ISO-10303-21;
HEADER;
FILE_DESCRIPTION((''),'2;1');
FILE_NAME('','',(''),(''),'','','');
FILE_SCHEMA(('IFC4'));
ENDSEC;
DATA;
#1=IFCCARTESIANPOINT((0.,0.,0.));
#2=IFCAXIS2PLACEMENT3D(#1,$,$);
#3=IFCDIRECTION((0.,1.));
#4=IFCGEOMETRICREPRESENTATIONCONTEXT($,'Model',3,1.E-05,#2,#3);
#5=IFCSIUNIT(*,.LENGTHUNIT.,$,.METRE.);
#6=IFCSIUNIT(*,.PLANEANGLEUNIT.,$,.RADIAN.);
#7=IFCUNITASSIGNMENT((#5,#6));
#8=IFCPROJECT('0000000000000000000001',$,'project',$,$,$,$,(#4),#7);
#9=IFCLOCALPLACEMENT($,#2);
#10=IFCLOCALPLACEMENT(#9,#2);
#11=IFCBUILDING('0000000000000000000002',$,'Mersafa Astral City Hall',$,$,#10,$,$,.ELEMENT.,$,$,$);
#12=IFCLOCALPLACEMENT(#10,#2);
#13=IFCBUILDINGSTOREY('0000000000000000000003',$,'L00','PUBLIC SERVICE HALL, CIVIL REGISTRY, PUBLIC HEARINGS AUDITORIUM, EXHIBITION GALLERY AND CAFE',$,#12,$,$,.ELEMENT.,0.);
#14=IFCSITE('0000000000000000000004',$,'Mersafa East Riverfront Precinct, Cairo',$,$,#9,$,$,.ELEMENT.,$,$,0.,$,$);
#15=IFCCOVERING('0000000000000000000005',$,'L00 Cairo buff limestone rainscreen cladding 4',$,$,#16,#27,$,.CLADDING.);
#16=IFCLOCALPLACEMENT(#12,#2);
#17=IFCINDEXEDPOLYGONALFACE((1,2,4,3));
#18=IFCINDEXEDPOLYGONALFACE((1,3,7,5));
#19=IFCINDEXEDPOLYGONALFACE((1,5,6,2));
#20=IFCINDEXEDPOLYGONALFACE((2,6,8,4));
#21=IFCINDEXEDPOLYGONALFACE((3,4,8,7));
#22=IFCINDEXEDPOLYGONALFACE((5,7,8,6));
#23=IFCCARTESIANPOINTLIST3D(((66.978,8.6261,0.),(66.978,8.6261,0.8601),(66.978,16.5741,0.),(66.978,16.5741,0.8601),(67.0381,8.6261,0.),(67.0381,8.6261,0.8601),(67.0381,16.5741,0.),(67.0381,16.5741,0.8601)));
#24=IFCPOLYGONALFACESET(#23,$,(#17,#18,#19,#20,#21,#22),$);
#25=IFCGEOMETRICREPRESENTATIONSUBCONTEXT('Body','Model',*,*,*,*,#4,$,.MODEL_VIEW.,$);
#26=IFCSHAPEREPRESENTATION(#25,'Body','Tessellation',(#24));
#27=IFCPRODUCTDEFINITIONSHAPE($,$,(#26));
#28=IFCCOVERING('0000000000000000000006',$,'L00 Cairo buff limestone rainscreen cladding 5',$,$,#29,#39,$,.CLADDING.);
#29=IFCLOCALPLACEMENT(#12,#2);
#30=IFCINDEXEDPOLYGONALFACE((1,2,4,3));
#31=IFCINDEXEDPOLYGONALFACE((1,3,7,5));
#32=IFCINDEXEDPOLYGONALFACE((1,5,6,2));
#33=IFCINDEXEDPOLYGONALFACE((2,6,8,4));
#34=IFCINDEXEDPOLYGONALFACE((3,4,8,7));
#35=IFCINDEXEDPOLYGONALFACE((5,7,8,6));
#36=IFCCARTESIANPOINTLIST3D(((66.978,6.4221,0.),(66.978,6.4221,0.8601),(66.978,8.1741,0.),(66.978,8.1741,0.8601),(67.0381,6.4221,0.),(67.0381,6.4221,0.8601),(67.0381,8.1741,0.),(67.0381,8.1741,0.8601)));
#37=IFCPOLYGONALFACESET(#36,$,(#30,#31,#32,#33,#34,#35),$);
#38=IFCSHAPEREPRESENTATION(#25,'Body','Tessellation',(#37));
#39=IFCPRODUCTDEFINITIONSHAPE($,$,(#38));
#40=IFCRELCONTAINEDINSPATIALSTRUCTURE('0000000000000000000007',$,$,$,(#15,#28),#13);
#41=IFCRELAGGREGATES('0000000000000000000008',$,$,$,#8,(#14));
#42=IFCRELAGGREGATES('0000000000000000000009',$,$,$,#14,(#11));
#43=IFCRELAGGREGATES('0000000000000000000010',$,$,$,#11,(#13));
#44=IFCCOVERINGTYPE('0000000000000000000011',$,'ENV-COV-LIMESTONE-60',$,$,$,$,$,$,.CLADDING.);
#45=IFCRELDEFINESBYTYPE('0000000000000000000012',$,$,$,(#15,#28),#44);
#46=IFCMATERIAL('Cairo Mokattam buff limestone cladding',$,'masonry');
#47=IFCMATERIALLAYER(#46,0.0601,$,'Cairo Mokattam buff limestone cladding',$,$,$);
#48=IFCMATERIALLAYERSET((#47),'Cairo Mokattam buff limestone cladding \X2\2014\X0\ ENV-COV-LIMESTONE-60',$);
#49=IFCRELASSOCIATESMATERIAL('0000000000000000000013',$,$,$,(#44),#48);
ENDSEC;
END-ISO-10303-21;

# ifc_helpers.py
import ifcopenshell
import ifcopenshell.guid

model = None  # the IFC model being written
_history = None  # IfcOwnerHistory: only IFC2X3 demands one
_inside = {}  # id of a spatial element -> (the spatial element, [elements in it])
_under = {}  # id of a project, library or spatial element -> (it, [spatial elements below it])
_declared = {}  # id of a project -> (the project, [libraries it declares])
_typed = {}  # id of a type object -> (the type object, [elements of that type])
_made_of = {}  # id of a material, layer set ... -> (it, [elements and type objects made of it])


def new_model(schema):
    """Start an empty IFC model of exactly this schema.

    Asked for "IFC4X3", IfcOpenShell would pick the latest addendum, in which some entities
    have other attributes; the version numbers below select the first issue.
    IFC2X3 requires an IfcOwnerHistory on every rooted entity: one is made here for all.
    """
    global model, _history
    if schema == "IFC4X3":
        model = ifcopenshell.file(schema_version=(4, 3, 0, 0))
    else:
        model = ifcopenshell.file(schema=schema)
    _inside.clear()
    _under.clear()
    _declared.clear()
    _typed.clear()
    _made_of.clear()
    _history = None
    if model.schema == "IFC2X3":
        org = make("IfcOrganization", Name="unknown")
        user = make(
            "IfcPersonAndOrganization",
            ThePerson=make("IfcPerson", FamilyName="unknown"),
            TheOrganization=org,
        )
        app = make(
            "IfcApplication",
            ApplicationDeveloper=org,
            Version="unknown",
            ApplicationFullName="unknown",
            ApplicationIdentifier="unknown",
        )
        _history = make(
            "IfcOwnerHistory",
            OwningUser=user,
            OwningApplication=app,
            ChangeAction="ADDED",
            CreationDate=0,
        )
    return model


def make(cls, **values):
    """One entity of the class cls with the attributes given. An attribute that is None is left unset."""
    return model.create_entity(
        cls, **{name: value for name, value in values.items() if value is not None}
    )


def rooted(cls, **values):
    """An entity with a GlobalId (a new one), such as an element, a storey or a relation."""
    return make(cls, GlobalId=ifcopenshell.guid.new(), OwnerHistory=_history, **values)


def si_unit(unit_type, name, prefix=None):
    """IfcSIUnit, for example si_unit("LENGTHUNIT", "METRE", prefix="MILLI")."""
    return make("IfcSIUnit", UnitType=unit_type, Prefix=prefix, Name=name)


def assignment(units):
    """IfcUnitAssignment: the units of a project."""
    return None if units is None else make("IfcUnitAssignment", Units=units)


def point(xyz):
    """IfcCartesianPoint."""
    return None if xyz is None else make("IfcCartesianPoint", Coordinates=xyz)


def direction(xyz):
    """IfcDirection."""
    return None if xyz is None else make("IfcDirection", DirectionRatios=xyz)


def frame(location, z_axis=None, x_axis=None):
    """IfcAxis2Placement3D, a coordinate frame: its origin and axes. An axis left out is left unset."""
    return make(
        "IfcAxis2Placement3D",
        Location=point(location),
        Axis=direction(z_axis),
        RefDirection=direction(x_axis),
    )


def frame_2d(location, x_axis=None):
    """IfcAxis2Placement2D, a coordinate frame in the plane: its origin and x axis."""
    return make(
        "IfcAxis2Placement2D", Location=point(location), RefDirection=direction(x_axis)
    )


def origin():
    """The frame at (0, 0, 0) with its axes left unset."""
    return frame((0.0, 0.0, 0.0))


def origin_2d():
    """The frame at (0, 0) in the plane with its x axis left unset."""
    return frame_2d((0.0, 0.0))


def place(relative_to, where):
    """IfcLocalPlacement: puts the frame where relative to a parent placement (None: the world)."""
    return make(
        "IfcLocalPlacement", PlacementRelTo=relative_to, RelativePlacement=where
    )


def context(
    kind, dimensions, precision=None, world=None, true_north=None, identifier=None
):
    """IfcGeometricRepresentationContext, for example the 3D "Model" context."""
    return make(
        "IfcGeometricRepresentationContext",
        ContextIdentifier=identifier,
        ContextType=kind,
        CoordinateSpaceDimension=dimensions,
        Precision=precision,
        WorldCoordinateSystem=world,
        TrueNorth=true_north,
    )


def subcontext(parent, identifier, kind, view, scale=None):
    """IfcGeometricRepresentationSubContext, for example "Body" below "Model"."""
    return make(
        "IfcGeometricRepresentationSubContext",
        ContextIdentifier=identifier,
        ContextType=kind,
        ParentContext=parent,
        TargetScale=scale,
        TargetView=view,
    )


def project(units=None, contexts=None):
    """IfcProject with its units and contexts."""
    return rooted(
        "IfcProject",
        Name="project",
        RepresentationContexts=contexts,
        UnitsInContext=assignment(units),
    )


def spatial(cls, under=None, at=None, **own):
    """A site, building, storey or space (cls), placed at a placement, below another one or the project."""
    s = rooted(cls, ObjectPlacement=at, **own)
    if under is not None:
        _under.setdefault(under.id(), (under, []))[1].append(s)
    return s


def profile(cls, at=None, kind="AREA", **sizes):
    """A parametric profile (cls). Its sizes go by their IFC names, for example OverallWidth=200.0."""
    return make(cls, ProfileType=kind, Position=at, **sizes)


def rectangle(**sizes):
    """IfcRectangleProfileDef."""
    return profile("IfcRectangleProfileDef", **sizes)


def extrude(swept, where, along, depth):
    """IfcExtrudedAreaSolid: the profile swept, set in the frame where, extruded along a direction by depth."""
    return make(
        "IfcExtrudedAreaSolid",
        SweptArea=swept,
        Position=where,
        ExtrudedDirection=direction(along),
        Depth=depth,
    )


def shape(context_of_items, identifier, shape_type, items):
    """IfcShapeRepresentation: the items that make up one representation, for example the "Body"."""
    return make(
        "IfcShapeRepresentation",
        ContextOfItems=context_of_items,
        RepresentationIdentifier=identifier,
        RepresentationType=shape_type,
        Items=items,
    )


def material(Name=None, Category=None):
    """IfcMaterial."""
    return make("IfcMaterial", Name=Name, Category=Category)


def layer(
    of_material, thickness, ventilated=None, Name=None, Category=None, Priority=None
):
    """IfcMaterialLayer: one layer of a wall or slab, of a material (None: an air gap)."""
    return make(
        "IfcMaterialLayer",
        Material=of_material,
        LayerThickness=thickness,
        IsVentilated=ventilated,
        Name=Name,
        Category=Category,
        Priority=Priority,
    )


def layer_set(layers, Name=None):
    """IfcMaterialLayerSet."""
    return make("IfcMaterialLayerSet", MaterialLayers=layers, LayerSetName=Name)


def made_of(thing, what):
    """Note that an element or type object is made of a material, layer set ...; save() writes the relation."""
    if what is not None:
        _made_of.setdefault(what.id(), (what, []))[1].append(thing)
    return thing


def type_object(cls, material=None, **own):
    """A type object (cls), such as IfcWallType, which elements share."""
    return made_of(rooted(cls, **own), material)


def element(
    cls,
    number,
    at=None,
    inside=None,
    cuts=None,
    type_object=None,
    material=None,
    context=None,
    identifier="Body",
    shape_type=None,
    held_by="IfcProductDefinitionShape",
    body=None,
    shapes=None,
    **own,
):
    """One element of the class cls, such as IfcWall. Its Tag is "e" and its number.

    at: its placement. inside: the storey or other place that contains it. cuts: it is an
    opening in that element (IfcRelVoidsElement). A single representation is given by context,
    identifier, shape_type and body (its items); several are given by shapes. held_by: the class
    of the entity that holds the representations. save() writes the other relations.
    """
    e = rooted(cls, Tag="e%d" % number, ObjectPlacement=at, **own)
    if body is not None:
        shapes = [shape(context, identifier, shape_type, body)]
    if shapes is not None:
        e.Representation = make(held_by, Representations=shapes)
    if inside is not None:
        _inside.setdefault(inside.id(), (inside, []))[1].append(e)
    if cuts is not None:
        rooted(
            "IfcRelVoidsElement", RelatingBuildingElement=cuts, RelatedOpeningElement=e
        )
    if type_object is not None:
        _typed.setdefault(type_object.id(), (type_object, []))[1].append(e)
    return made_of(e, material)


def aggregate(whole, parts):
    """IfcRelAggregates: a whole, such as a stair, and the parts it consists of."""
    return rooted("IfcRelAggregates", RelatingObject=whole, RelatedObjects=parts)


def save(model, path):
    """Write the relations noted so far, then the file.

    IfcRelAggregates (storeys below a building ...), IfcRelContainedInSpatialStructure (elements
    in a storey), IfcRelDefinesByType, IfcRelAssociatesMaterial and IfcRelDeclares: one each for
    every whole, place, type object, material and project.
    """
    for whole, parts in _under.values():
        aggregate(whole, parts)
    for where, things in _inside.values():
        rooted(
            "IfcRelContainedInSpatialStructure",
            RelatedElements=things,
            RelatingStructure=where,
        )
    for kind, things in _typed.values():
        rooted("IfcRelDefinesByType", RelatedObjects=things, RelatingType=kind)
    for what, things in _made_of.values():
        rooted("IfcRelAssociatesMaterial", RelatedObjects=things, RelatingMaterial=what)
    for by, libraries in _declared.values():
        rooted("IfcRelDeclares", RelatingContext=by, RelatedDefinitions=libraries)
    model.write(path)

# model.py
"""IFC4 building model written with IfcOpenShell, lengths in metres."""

from ifc_helpers import new_model, si_unit, direction, frame, origin, origin_2d, place, context, subcontext, project, spatial, rectangle, extrude, material, layer, layer_set, type_object, element, save


model = new_model("IFC4")

# Units and contexts
model_context = context("Model", 3, precision=1e-05, world=origin(), true_north=direction((0.0, 1.0)))
body_context = subcontext(model_context, "Body", "Model", "MODEL_VIEW")
ifc_project = project(units=[si_unit("LENGTHUNIT", "METRE"), si_unit("PLANEANGLEUNIT", "RADIAN")], contexts=[model_context])

# Site, building, storey
site_placement = place(None, origin())
site = spatial("IfcSite", under=ifc_project, at=site_placement, Name="Mersafa East Riverfront Precinct, Cairo", CompositionType="ELEMENT", RefElevation=0.0)
building_placement = place(site_placement, origin())
building = spatial("IfcBuilding", under=site, at=building_placement, Name="Mersafa Astral City Hall", CompositionType="ELEMENT")
storey_placement = place(building_placement, origin())
storey = spatial("IfcBuildingStorey", under=building, at=storey_placement, Name="L00", Description="PUBLIC SERVICE HALL, CIVIL REGISTRY, PUBLIC HEARINGS AUDITORIUM, EXHIBITION GALLERY AND CAFE", CompositionType="ELEMENT", Elevation=0.0)

# Coverings
ifc_material_1 = material(Name="Cairo Mokattam buff limestone cladding", Category="masonry")
ifc_layer_1 = layer(ifc_material_1, 0.0601, Name="Cairo Mokattam buff limestone cladding")
ifc_layer_set_1 = layer_set([ifc_layer_1], Name="Cairo Mokattam buff limestone cladding — ENV-COV-LIMESTONE-60")
covering_type = type_object("IfcCoveringType", Name="ENV-COV-LIMESTONE-60", PredefinedType="CLADDING", material=ifc_layer_set_1)
covering_1_placement = place(storey_placement, frame((67.0081, 12.6001, 0.0), z_axis=(0.0, 0.0, 1.0), x_axis=(0.0, -1.0, 0.0)))
element("IfcCovering", 1, at=covering_1_placement, inside=storey, type_object=covering_type, Name="L00 Cairo buff limestone rainscreen cladding 4", PredefinedType="CLADDING", context=body_context, shape_type="SweptSolid", body=[
    extrude(rectangle(XDim=7.948, YDim=0.0601, at=origin_2d()), origin(), (0.0, 0.0, 1.0), 0.8601),
])
covering_2_placement = place(storey_placement, frame((67.0081, 7.2981, 0.0), z_axis=(0.0, 0.0, 1.0), x_axis=(0.0, -1.0, 0.0)))
element("IfcCovering", 2, at=covering_2_placement, inside=storey, type_object=covering_type, Name="L00 Cairo buff limestone rainscreen cladding 5", PredefinedType="CLADDING", context=body_context, shape_type="SweptSolid", body=[
    extrude(rectangle(XDim=1.752, YDim=0.0601, at=origin_2d()), origin(), (0.0, 0.0, 1.0), 0.8601),
])

save(model, "model.ifc")
